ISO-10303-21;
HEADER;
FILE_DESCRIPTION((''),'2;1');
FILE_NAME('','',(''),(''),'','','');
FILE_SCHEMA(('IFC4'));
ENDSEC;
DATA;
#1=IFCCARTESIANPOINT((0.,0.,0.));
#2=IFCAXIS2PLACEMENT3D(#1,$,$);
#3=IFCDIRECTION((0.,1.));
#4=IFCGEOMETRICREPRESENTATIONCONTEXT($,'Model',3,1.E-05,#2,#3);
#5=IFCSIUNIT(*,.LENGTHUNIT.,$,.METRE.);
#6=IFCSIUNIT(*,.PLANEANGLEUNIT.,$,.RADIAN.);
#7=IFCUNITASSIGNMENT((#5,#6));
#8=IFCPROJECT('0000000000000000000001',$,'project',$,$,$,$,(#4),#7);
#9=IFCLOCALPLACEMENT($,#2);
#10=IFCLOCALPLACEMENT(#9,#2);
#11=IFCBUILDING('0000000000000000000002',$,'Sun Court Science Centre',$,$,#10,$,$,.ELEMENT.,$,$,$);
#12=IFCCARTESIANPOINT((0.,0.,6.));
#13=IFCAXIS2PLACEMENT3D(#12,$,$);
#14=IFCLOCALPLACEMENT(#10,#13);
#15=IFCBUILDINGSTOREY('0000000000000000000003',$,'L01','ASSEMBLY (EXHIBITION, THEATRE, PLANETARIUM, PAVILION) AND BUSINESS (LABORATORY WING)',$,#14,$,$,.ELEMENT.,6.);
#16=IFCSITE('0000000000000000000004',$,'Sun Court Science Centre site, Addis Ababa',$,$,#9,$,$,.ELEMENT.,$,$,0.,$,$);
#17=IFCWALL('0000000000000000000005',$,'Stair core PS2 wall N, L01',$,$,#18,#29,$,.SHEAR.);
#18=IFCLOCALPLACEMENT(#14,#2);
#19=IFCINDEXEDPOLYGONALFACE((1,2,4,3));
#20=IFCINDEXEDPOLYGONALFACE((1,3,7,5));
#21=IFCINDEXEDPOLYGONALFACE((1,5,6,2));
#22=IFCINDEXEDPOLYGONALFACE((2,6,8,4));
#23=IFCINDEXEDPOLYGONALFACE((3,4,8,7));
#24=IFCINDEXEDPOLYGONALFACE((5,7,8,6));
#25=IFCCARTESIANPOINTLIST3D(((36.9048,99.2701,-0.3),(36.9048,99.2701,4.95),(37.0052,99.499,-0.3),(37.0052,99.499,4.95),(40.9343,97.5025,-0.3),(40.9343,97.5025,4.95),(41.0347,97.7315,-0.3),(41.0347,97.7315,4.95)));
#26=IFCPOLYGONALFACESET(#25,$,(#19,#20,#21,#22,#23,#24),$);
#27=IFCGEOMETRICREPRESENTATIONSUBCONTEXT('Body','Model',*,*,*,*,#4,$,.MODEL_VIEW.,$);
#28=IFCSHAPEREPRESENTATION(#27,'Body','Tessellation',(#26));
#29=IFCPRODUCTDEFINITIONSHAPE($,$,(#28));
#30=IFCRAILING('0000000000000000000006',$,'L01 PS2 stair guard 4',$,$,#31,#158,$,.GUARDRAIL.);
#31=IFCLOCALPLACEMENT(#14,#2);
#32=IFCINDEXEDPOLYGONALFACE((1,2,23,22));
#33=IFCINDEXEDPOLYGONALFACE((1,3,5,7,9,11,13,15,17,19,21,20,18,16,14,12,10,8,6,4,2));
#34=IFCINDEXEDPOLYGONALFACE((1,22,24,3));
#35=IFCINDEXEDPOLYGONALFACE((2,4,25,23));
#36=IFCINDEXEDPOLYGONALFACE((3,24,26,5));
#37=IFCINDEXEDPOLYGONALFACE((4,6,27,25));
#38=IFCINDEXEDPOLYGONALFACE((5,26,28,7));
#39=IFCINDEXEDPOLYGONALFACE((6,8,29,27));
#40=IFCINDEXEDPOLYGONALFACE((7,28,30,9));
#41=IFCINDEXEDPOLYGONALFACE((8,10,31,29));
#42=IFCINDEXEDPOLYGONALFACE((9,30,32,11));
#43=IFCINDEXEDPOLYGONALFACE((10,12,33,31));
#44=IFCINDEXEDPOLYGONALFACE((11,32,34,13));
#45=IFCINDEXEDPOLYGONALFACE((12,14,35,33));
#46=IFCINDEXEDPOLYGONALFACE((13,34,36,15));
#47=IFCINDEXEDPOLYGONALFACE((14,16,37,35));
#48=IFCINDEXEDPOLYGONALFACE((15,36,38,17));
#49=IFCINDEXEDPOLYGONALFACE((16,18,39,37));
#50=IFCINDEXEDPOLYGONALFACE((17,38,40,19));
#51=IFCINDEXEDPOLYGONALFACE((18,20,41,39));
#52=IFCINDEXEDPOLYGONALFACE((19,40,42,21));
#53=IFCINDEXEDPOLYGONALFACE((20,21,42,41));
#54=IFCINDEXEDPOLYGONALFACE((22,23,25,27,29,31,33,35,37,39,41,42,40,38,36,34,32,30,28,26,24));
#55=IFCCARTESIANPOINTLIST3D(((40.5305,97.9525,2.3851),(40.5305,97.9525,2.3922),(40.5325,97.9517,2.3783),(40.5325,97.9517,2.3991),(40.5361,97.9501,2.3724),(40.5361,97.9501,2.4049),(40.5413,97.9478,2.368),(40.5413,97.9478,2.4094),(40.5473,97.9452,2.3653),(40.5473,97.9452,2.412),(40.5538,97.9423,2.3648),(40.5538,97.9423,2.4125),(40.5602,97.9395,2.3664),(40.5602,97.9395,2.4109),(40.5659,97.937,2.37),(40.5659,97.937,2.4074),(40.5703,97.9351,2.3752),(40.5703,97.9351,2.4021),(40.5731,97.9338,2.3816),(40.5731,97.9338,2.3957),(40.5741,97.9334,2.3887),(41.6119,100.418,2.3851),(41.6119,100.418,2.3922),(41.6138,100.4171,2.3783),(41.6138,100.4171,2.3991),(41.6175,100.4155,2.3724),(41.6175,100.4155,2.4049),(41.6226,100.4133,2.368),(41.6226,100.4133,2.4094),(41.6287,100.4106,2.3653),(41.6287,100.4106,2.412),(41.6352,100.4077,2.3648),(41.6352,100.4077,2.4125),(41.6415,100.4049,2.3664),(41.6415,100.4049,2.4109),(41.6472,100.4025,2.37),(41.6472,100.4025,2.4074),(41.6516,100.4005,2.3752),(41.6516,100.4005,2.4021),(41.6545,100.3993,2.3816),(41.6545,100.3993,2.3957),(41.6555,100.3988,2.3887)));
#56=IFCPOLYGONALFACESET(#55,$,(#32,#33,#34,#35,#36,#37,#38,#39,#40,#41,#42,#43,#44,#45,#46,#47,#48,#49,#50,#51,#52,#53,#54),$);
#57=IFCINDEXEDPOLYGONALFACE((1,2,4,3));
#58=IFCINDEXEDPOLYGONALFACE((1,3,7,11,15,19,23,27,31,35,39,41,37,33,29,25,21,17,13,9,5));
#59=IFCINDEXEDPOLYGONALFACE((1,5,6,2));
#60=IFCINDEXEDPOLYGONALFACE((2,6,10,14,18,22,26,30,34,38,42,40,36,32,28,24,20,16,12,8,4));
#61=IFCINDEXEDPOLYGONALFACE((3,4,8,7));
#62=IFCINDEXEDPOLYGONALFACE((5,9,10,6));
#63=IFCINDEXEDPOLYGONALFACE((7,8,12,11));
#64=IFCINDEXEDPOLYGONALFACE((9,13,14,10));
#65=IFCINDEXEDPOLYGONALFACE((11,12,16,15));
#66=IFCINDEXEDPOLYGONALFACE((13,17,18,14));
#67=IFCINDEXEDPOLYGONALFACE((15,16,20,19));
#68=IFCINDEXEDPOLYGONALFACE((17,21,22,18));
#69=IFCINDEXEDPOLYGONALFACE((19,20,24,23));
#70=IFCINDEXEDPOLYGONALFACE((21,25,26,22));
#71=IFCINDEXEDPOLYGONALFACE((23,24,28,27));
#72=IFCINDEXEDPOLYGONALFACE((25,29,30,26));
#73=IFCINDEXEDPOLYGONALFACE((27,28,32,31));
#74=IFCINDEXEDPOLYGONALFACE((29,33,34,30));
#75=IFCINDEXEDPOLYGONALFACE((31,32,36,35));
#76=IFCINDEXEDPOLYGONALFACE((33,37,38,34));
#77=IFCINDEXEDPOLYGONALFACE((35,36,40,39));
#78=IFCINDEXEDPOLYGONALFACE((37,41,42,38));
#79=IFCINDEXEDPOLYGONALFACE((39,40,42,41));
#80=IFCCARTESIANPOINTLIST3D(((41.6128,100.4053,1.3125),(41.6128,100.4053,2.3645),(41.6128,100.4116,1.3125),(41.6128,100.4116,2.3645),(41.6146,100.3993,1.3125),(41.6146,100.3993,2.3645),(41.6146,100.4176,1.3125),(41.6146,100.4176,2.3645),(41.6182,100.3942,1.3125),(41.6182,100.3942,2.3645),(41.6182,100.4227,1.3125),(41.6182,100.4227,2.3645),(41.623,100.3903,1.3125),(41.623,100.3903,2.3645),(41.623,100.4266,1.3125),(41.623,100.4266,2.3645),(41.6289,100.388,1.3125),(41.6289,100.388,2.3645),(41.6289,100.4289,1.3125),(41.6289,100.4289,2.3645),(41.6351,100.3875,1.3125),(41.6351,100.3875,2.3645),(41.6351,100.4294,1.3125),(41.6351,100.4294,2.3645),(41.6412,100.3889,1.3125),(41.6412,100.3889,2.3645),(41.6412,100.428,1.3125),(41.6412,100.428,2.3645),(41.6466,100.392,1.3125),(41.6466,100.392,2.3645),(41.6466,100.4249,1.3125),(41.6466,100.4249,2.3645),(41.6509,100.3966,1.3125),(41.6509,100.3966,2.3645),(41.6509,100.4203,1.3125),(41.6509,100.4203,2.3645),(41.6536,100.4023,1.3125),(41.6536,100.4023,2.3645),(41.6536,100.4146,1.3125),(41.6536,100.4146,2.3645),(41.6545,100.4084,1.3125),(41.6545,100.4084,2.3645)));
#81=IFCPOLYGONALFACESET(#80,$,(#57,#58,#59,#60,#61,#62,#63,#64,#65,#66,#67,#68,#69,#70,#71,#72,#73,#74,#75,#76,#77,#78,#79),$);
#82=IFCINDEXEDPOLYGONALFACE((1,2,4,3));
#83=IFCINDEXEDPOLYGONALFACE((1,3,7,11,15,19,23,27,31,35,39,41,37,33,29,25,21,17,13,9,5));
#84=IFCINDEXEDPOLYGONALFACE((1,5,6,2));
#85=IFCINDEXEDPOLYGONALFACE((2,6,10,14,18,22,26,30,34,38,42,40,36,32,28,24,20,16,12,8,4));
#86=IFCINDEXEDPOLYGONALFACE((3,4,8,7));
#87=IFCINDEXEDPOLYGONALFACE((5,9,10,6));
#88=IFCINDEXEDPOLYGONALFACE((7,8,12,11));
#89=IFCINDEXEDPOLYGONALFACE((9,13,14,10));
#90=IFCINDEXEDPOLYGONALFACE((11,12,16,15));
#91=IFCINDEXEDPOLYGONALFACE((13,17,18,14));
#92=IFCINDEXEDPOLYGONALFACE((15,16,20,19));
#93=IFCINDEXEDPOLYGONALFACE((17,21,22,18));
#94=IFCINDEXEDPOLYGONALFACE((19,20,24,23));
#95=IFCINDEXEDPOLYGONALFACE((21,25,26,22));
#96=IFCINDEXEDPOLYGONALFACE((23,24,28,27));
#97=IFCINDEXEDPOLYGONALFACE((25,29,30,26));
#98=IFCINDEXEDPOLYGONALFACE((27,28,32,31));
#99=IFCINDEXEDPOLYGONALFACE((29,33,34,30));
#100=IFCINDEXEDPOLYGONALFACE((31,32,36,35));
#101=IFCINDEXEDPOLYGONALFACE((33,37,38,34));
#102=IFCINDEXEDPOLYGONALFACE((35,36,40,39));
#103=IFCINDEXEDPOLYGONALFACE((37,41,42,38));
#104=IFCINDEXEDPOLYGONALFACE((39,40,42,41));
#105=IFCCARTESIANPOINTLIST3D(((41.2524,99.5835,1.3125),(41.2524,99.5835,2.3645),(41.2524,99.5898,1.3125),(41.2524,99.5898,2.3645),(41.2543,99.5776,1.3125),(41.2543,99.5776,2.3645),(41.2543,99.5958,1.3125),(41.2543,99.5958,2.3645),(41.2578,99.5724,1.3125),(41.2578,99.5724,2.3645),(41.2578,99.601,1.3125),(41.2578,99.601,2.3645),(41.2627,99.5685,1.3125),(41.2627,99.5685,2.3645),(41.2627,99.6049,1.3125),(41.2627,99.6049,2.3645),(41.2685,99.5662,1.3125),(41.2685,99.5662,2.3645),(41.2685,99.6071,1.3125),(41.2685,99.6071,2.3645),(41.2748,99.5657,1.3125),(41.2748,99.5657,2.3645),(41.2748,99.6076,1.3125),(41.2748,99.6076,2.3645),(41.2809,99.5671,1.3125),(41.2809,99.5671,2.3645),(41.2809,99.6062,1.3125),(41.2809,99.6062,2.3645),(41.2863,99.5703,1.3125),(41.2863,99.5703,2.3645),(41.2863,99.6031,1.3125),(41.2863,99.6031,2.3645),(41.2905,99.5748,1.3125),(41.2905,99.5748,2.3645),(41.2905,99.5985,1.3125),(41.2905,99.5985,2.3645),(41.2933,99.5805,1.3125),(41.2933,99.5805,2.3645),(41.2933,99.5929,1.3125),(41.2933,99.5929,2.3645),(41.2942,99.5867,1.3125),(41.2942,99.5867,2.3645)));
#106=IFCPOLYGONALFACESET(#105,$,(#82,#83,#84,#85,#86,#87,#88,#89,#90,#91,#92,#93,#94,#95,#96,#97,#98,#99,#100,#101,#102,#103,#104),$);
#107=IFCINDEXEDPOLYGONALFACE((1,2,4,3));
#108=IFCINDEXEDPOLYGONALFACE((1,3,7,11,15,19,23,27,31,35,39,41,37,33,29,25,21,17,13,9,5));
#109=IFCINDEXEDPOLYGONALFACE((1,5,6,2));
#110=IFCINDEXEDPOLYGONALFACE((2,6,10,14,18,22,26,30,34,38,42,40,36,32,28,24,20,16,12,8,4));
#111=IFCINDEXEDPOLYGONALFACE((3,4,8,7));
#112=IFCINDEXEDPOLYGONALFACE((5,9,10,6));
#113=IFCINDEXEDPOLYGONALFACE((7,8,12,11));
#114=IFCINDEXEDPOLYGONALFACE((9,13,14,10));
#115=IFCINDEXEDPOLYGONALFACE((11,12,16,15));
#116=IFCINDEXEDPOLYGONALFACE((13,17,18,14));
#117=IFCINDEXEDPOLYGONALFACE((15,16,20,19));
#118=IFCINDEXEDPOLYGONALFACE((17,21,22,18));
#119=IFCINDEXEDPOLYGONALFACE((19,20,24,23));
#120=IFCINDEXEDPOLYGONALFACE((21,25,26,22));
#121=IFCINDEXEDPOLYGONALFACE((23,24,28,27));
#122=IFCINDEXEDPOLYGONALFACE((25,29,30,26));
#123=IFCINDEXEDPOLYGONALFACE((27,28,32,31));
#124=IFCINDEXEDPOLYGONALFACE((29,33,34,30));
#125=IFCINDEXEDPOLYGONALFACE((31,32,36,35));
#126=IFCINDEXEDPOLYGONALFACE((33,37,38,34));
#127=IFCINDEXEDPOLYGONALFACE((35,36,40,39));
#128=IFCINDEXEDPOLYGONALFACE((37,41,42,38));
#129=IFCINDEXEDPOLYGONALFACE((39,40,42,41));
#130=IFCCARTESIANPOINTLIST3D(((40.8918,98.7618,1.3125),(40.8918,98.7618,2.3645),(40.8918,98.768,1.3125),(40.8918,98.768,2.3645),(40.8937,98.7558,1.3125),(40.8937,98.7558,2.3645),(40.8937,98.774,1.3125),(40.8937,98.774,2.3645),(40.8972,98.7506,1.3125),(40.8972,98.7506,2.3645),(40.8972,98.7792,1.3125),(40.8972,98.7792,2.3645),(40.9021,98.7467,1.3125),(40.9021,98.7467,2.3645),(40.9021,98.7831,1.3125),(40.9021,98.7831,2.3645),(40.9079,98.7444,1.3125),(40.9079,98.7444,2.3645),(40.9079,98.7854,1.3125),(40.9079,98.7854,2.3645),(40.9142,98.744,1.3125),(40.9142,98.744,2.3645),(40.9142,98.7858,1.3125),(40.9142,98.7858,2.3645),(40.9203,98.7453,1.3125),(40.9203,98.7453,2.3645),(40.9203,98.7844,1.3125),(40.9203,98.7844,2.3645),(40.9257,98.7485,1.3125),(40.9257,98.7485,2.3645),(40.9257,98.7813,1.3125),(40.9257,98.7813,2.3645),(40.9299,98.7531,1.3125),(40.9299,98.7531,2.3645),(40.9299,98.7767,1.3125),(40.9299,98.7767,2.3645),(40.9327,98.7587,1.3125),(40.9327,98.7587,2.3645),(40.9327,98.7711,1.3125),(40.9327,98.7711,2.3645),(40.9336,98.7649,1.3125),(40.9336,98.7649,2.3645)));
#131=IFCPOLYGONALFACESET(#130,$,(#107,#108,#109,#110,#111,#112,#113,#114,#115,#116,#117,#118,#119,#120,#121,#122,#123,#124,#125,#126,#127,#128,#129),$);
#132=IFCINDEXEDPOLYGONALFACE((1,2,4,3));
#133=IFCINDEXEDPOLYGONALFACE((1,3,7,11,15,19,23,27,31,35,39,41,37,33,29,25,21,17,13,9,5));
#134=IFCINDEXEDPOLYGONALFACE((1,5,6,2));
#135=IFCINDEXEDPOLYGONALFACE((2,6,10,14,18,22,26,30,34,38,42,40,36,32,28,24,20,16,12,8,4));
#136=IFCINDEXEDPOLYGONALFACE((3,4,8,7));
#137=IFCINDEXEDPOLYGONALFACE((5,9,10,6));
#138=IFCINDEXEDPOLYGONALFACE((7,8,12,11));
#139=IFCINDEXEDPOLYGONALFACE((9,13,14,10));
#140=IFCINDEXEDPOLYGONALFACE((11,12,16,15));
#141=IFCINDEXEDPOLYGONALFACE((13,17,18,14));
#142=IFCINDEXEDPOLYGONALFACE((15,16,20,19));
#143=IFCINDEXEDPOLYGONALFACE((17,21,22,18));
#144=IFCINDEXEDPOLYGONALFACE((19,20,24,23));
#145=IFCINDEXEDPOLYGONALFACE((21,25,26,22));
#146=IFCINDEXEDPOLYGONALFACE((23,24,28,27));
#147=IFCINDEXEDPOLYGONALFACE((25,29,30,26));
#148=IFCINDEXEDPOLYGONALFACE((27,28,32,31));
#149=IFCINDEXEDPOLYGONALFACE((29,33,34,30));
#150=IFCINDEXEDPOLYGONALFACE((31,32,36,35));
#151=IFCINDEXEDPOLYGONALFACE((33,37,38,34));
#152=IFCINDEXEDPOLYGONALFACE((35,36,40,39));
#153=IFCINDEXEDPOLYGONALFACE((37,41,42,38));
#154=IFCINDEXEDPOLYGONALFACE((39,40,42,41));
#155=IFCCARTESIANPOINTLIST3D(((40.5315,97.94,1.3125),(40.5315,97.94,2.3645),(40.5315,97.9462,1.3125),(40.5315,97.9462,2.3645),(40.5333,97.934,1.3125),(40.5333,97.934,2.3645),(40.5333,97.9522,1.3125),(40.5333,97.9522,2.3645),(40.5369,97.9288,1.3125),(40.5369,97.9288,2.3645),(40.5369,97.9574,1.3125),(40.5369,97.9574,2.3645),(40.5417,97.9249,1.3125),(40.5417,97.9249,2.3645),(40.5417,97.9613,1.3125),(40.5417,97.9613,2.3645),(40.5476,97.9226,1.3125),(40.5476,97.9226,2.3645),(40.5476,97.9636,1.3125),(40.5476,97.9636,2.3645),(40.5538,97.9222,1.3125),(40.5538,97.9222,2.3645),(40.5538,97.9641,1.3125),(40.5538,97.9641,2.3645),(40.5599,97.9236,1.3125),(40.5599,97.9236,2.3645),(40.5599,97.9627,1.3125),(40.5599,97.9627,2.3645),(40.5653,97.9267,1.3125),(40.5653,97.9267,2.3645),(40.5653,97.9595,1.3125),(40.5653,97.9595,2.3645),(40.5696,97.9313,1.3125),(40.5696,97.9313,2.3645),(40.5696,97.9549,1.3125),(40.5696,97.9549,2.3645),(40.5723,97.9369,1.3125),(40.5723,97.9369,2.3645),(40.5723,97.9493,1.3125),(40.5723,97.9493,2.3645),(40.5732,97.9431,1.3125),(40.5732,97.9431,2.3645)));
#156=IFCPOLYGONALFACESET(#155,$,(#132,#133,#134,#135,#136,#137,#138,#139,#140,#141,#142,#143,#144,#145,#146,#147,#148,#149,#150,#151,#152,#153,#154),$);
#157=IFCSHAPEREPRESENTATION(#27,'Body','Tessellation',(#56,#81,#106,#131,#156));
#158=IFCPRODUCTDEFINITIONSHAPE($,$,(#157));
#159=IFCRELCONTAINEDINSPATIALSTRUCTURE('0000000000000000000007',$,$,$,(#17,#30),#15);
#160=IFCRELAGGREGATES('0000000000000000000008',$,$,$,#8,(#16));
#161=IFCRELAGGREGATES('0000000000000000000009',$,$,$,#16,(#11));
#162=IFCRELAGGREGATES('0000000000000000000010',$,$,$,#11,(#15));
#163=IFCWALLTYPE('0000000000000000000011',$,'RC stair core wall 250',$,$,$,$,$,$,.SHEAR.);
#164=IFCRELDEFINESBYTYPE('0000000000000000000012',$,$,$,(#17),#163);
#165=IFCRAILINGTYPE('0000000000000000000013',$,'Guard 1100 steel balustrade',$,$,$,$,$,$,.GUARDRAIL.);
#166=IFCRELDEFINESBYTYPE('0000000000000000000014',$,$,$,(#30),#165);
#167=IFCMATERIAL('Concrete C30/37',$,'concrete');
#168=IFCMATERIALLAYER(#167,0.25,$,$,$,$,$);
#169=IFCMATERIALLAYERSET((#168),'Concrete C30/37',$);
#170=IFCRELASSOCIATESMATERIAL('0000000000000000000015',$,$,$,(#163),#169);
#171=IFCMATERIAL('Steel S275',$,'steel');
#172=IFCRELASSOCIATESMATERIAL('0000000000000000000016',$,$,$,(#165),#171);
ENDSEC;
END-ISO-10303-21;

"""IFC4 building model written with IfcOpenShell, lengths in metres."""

from ifc_helpers import new_model, si_unit, direction, frame, frame_2d, origin, origin_2d, place, context, subcontext, project, spatial, rectangle, circle, extrude, material, layer, layer_set, type_object, element, save


model = new_model("IFC4")

# Units and contexts
model_context = context("Model", 3, precision=1e-05, world=origin(), true_north=direction((0.0, 1.0)))
body_context = subcontext(model_context, "Body", "Model", "MODEL_VIEW")
ifc_project = project(units=[si_unit("LENGTHUNIT", "METRE"), si_unit("PLANEANGLEUNIT", "RADIAN")], contexts=[model_context])

# Site, building, storey
site_placement = place(None, origin())
site = spatial("IfcSite", under=ifc_project, at=site_placement, Name="Sun Court Science Centre site, Addis Ababa", CompositionType="ELEMENT", RefElevation=0.0)
building_placement = place(site_placement, origin())
building = spatial("IfcBuilding", under=site, at=building_placement, Name="Sun Court Science Centre", CompositionType="ELEMENT")
storey_placement = place(building_placement, frame((0.0, 0.0, 6.0)))
storey = spatial("IfcBuildingStorey", under=building, at=storey_placement, Name="L01", Description="ASSEMBLY (EXHIBITION, THEATRE, PLANETARIUM, PAVILION) AND BUSINESS (LABORATORY WING)", CompositionType="ELEMENT", Elevation=6.0)

# Wall
ifc_material_1 = material(Name="Concrete C30/37", Category="concrete")
ifc_layer_1 = layer(ifc_material_1, 0.25)
ifc_layer_set_1 = layer_set([ifc_layer_1], Name="Concrete C30/37")
wall_type_1 = type_object("IfcWallType", Name="RC stair core wall 250", PredefinedType="SHEAR", material=ifc_layer_set_1)
wall_1_placement = place(storey_placement, frame((40.9846, 97.6169, -0.3), z_axis=(0.0, 0.0, 1.0), x_axis=(-0.915769, 0.401706, 0.0)))
element("IfcWall", 1, at=wall_1_placement, inside=storey, type_object=wall_type_1, Name="Stair core PS2 wall N, L01", PredefinedType="SHEAR", context=body_context, shape_type="SweptSolid", body=[
    extrude(rectangle(XDim=4.4001, YDim=0.25, at=frame_2d((2.2002, 0.0))), origin(), (0.0, 0.0, 1.0), 5.25),
])

# Railing
ifc_material_2 = material(Name="Steel S275", Category="steel")
railing_type_1 = type_object("IfcRailingType", Name="Guard 1100 steel balustrade", PredefinedType="GUARDRAIL", material=ifc_material_2)
railing_1_placement = place(storey_placement, frame((41.6335, 100.4084, 1.3125)))
element("IfcRailing", 2, at=railing_1_placement, inside=storey, type_object=railing_type_1, Name="L01 PS2 stair guard 4", PredefinedType="GUARDRAIL", context=body_context, shape_type="SweptSolid", body=[
    extrude(circle(Radius=0.0239, at=origin_2d()), frame((0.0, 0.0, 1.0762), z_axis=(-0.401665, -0.915786, 0.0), x_axis=(0.915786, -0.401665, 0.0)), (0.0, 0.0, 1.0), 2.6921),
    extrude(circle(Radius=0.021, at=origin_2d()), origin(), (0.0, 0.0, 1.0), 1.052),
    extrude(circle(Radius=0.021, at=origin_2d()), frame((-0.3604, -0.8218, 0.0)), (0.0, 0.0, 1.0), 1.052),
    extrude(circle(Radius=0.021, at=origin_2d()), frame((-0.7209, -1.6436, 0.0)), (0.0, 0.0, 1.0), 1.052),
    extrude(circle(Radius=0.021, at=origin_2d()), frame((-1.0813, -2.4653, 0.0)), (0.0, 0.0, 1.0), 1.052),
])

save(model, "model.ifc")
